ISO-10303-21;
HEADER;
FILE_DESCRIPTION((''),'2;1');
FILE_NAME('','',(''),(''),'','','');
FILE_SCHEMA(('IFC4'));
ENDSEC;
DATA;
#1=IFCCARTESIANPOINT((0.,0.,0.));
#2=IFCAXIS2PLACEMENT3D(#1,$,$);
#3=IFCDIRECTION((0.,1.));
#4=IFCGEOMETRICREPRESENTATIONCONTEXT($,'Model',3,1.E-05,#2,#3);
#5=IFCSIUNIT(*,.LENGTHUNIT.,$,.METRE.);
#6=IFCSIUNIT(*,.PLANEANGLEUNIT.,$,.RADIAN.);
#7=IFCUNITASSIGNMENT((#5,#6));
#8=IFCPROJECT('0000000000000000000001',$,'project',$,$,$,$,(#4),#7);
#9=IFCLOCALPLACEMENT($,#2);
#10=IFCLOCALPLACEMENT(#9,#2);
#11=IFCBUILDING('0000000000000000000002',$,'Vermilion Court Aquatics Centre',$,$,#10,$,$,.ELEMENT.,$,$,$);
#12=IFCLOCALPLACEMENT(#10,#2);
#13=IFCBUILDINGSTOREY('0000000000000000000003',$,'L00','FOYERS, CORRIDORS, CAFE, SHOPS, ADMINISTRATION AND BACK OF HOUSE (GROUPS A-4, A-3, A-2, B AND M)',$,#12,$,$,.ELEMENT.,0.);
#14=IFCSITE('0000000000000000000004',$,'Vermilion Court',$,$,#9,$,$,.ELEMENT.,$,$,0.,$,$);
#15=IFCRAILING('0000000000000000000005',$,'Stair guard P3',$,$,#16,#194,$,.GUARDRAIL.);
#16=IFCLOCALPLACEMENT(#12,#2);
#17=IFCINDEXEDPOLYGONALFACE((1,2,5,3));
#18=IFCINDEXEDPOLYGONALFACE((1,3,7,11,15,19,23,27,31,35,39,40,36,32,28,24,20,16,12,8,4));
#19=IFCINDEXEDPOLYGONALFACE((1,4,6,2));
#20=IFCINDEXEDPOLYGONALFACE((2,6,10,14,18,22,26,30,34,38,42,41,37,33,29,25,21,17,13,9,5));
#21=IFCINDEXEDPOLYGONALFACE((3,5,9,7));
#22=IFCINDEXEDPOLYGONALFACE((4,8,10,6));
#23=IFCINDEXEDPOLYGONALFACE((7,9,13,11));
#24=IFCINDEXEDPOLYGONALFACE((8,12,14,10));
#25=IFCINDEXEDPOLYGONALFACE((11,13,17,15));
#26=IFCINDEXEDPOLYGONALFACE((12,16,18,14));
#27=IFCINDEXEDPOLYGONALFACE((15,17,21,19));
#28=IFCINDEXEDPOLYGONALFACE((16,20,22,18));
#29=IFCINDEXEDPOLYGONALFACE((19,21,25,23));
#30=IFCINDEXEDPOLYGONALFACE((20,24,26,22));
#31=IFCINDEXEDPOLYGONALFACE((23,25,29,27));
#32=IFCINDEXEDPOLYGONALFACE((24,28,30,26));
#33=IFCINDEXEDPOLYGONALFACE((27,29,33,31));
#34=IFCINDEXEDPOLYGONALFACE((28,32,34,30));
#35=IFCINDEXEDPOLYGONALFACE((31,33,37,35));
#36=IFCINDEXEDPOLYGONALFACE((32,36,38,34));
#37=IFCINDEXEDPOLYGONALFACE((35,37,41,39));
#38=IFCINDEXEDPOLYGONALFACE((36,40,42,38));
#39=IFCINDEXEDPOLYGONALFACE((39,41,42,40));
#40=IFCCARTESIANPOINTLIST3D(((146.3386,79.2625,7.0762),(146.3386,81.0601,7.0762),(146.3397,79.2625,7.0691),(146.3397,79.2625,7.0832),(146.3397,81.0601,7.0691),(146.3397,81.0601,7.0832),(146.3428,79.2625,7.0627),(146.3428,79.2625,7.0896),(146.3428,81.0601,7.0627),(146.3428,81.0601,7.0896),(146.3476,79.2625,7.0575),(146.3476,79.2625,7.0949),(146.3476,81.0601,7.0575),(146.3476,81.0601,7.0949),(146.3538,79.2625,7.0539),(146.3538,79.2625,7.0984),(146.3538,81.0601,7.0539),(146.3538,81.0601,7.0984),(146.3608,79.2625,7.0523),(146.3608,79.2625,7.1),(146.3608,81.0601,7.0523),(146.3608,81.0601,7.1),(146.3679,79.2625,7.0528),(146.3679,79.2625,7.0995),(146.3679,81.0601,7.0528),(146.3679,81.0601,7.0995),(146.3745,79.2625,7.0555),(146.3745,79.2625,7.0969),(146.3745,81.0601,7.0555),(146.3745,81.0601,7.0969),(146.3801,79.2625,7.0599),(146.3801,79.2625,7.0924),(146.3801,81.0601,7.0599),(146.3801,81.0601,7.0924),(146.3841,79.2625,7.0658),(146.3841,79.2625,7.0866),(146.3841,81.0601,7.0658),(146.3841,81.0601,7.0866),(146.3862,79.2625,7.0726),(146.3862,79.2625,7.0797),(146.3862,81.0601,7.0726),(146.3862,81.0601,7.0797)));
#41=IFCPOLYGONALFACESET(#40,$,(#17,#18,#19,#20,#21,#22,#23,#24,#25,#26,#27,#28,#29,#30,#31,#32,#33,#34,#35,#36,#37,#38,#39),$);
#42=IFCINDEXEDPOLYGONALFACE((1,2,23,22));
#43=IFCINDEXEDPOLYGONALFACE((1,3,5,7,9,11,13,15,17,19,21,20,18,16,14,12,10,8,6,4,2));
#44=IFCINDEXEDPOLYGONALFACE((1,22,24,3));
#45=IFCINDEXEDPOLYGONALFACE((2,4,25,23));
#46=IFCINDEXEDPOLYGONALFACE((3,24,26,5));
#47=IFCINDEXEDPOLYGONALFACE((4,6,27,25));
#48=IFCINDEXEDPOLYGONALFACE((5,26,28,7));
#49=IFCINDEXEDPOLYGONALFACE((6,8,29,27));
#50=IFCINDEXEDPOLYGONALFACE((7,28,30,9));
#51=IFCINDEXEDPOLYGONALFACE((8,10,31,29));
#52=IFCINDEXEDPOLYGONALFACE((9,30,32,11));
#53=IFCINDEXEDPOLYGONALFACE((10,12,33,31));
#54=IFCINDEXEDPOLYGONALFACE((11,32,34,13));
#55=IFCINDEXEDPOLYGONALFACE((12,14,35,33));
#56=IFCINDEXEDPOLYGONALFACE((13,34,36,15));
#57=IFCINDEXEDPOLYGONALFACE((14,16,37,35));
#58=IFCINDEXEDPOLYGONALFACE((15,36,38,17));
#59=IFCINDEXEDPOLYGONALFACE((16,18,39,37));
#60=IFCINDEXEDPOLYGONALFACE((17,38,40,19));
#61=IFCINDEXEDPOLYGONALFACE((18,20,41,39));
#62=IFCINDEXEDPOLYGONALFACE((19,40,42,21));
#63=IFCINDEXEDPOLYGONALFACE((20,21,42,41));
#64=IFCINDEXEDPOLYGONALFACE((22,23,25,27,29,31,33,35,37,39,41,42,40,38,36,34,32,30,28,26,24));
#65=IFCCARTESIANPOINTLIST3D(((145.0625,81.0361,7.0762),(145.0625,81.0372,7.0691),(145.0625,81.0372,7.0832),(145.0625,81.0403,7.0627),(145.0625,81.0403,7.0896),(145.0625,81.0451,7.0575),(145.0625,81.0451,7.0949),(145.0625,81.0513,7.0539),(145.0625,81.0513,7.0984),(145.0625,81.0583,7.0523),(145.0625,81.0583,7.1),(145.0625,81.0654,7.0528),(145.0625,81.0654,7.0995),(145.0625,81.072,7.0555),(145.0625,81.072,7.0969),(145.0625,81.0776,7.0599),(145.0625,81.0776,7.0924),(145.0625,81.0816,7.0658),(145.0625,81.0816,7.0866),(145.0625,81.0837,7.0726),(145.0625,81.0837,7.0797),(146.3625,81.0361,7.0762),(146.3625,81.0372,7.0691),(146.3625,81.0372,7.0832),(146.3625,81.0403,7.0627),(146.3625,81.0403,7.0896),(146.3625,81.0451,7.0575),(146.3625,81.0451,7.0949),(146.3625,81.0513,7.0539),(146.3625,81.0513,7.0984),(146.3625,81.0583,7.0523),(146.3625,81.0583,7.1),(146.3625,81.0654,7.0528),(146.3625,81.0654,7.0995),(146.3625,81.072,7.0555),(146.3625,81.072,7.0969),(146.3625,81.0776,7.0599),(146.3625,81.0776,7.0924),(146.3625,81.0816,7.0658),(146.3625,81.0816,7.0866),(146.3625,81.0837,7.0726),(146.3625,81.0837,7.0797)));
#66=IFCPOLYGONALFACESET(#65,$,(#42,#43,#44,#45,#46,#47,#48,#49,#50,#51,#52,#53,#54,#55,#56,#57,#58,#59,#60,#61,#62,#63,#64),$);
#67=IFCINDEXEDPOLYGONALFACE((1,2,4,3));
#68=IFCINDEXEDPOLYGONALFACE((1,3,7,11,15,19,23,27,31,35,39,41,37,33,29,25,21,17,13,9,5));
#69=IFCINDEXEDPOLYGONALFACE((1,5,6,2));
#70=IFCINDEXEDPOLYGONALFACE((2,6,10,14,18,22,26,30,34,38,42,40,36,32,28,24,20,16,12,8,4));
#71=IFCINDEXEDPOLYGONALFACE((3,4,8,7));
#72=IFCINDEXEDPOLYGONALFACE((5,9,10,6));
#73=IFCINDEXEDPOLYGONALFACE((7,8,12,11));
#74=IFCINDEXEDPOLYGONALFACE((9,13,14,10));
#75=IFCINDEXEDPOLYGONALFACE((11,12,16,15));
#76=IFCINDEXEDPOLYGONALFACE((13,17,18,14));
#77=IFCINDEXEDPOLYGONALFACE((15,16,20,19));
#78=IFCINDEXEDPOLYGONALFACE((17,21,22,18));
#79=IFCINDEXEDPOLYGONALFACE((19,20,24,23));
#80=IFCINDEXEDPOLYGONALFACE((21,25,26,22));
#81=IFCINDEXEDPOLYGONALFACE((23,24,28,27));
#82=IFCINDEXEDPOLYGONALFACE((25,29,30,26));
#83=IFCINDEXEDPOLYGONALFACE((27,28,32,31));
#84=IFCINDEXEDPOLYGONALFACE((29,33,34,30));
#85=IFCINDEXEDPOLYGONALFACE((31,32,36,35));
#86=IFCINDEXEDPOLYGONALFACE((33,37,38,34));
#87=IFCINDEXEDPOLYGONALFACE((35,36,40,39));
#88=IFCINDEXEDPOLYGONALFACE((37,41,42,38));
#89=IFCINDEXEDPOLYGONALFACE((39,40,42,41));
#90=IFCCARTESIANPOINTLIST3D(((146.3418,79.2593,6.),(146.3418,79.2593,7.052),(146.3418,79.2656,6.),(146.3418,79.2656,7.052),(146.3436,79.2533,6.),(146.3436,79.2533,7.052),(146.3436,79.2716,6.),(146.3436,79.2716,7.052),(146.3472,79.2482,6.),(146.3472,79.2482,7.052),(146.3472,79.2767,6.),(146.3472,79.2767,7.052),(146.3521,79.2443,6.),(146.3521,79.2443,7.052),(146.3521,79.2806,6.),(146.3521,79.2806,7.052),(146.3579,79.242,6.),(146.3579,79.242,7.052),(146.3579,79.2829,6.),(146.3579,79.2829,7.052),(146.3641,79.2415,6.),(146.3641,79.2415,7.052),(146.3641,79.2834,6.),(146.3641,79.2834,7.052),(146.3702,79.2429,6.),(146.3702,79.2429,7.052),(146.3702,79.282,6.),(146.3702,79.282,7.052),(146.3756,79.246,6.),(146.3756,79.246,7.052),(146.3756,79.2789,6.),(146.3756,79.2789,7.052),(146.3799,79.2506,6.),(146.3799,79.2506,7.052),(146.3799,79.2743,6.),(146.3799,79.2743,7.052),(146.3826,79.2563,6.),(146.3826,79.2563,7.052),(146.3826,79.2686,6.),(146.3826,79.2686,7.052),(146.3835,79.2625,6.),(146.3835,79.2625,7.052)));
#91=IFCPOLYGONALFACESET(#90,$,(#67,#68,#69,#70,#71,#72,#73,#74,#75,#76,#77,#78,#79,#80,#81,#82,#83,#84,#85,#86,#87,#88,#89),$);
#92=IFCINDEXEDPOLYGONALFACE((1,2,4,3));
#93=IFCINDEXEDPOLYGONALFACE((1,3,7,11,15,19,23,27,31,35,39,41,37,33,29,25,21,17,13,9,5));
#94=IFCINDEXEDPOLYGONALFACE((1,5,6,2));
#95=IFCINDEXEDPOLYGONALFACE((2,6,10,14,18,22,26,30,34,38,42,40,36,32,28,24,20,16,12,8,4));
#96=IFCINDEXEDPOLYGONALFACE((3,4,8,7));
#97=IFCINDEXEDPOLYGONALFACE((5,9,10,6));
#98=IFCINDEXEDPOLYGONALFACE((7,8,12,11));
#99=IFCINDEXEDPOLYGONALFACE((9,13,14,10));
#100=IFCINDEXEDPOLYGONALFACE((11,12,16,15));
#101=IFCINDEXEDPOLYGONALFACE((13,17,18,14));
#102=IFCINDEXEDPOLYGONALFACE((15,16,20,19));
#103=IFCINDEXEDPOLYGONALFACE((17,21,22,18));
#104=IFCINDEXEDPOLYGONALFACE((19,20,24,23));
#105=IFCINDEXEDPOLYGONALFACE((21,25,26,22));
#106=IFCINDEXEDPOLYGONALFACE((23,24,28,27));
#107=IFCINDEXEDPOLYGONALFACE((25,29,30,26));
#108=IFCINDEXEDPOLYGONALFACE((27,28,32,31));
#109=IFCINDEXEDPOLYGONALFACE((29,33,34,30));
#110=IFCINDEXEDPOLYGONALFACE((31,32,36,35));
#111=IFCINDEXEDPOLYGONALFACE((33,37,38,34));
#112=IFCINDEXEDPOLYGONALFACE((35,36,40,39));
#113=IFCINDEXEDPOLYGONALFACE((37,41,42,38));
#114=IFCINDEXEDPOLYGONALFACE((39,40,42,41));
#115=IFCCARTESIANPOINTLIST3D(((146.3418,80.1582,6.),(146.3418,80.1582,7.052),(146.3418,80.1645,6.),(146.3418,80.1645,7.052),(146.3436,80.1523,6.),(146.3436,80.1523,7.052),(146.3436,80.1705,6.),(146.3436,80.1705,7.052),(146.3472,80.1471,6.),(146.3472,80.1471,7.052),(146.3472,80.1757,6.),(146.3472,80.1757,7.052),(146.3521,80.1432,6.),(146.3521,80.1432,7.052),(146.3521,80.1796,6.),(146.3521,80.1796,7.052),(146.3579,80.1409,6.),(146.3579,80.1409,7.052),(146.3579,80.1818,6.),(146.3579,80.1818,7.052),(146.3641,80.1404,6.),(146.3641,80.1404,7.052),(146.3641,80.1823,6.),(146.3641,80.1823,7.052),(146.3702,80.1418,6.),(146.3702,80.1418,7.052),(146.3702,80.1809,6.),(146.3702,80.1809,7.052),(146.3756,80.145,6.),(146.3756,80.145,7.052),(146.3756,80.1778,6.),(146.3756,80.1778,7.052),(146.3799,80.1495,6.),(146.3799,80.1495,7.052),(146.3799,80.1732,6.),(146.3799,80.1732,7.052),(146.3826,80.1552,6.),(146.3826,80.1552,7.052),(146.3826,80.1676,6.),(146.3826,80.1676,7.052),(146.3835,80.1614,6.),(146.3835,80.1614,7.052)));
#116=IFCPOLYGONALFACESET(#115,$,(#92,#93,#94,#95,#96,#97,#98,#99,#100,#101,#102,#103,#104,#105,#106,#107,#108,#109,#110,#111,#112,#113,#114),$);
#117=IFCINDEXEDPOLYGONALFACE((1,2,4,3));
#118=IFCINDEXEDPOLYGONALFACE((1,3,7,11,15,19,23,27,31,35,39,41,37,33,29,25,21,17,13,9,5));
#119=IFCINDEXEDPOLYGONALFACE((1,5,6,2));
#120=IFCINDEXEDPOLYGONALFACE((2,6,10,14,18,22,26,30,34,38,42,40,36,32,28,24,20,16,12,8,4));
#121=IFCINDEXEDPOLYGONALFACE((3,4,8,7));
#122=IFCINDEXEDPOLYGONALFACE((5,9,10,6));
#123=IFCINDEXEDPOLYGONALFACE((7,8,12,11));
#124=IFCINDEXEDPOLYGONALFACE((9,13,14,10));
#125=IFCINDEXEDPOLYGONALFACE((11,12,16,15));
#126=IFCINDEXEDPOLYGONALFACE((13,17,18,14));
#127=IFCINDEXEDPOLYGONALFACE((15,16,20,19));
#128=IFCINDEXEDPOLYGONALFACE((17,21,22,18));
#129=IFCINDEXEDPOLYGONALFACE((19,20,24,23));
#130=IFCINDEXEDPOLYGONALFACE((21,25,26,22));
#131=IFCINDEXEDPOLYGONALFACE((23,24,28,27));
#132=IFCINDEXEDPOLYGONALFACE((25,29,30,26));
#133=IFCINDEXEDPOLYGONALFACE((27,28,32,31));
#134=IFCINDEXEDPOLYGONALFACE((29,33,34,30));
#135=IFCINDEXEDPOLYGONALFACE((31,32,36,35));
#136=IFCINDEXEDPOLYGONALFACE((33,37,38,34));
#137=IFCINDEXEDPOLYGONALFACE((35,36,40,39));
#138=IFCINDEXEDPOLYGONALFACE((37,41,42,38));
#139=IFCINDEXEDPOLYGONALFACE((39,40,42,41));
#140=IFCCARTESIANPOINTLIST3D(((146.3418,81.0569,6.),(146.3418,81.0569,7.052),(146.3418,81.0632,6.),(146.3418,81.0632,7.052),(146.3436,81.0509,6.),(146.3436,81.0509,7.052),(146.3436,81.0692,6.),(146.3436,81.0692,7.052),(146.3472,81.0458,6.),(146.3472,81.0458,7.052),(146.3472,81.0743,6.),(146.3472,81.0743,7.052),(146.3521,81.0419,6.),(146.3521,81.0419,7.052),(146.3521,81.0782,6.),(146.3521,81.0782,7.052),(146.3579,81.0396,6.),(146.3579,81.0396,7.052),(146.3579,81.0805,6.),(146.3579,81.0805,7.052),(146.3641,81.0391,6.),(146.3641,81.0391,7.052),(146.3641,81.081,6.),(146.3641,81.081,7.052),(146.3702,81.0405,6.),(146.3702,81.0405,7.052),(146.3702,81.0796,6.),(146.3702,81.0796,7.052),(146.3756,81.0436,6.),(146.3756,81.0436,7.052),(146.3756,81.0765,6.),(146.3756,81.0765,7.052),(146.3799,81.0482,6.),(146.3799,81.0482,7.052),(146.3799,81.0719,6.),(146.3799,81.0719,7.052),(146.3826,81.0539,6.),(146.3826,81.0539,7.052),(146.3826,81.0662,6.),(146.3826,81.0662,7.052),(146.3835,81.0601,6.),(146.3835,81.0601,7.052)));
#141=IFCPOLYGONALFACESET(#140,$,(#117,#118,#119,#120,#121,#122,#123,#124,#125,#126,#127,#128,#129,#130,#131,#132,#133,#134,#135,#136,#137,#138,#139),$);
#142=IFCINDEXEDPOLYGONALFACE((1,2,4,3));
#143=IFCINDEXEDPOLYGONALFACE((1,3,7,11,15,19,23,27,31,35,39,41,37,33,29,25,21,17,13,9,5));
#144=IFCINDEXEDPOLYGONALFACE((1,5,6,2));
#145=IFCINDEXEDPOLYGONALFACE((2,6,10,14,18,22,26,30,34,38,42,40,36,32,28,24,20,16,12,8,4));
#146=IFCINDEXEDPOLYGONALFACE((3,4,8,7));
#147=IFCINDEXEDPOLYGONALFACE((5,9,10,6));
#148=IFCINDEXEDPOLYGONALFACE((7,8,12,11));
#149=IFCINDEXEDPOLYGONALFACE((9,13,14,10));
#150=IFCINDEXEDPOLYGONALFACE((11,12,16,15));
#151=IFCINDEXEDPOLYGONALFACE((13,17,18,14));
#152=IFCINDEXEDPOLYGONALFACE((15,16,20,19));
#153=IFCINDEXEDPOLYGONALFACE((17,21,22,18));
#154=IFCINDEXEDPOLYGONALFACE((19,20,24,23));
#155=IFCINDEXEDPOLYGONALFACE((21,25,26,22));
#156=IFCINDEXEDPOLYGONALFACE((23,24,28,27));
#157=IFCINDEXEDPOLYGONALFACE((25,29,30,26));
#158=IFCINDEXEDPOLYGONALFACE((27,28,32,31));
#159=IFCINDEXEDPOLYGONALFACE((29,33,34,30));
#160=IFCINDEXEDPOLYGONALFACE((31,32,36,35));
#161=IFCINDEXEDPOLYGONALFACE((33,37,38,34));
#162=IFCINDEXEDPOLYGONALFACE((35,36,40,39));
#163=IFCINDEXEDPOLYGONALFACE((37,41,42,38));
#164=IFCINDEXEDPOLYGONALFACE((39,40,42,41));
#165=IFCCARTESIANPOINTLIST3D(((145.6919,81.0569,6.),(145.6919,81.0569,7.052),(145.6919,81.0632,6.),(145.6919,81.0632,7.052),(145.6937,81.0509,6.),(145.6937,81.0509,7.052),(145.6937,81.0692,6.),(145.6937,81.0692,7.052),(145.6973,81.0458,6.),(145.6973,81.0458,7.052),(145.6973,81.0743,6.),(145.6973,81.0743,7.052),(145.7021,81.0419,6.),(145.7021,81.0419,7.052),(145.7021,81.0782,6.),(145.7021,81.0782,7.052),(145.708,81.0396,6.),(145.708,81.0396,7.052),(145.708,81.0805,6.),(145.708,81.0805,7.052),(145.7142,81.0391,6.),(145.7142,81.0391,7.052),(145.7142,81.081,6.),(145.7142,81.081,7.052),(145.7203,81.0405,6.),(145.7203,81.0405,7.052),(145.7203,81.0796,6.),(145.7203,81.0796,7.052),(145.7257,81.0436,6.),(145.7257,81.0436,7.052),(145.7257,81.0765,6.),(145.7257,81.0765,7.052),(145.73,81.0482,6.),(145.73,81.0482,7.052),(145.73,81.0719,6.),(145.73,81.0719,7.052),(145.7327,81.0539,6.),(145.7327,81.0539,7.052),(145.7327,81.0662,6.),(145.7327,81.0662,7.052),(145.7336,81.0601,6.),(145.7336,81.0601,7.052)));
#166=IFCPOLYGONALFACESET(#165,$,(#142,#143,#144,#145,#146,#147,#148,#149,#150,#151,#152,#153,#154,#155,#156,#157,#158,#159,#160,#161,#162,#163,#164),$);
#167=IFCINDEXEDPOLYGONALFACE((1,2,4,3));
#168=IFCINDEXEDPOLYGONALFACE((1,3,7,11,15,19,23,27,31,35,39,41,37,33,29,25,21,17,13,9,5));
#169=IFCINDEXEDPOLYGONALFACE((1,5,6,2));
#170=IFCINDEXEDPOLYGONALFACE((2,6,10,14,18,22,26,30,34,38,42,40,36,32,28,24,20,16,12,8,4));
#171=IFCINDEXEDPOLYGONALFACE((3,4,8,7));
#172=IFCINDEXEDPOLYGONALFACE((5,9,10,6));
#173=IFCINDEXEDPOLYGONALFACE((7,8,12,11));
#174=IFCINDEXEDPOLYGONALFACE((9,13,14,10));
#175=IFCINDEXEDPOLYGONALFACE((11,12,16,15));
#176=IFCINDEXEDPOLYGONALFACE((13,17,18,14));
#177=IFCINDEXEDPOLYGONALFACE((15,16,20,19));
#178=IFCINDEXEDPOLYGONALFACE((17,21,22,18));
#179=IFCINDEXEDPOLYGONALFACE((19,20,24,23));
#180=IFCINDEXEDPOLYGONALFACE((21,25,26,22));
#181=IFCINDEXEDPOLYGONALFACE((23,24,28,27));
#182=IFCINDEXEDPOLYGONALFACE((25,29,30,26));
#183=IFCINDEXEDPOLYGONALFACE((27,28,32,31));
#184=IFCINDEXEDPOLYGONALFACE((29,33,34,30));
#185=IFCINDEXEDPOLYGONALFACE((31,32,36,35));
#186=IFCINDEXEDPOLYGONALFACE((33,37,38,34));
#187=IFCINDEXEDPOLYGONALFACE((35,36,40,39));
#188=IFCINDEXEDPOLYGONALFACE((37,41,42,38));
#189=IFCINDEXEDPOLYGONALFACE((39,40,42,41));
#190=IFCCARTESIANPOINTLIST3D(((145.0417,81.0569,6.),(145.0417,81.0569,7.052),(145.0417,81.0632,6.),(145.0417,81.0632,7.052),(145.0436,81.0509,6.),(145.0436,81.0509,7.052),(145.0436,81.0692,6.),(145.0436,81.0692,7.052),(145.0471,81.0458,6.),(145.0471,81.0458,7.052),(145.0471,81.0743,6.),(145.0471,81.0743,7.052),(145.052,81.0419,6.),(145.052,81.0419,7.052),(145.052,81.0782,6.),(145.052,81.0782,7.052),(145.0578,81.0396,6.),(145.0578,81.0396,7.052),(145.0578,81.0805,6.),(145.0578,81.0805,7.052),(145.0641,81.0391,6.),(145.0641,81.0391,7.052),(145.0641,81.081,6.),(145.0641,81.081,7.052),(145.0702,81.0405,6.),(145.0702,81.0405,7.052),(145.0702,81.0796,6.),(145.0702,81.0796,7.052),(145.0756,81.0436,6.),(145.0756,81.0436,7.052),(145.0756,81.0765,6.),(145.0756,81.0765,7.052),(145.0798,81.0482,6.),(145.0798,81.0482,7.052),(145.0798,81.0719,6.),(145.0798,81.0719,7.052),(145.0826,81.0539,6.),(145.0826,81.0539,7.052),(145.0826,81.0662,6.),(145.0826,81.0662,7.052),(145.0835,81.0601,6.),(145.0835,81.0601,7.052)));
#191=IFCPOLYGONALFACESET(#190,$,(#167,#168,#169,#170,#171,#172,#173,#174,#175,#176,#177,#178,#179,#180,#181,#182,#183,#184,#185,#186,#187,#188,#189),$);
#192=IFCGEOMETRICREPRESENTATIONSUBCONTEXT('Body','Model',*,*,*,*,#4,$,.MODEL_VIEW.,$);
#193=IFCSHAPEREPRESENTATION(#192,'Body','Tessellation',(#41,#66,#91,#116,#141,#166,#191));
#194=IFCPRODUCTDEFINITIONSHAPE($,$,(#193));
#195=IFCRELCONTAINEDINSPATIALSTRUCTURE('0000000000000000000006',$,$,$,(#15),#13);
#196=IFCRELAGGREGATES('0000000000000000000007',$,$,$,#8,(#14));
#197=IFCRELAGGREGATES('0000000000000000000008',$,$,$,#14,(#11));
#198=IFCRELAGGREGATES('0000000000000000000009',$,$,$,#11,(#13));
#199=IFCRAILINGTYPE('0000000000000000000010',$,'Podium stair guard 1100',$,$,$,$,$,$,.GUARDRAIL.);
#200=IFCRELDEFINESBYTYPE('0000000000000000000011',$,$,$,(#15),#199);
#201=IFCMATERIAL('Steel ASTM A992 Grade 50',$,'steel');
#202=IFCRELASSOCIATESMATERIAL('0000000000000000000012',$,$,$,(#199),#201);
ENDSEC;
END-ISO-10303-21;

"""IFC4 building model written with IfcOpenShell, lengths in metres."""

from ifc_helpers import new_model, si_unit, direction, frame, origin, origin_2d, place, context, subcontext, project, spatial, circle, extrude, material, type_object, element, save


model = new_model("IFC4")

# Units and contexts
model_context = context("Model", 3, precision=1e-05, world=origin(), true_north=direction((0.0, 1.0)))
body_context = subcontext(model_context, "Body", "Model", "MODEL_VIEW")
ifc_project = project(units=[si_unit("LENGTHUNIT", "METRE"), si_unit("PLANEANGLEUNIT", "RADIAN")], contexts=[model_context])

# Site, building, storey
site_placement = place(None, origin())
site = spatial("IfcSite", under=ifc_project, at=site_placement, Name="Vermilion Court", CompositionType="ELEMENT", RefElevation=0.0)
building_placement = place(site_placement, origin())
building = spatial("IfcBuilding", under=site, at=building_placement, Name="Vermilion Court Aquatics Centre", CompositionType="ELEMENT")
storey_placement = place(building_placement, origin())
storey = spatial("IfcBuildingStorey", under=building, at=storey_placement, Name="L00", Description="FOYERS, CORRIDORS, CAFE, SHOPS, ADMINISTRATION AND BACK OF HOUSE (GROUPS A-4, A-3, A-2, B AND M)", CompositionType="ELEMENT", Elevation=0.0)

# Railing
ifc_material_1 = material(Name="Steel ASTM A992 Grade 50", Category="steel")
railing_type_1 = type_object("IfcRailingType", Name="Podium stair guard 1100", PredefinedType="GUARDRAIL", material=ifc_material_1)
railing_1_placement = place(storey_placement, frame((146.3625, 79.2625, 6.0)))
element("IfcRailing", 1, at=railing_1_placement, inside=storey, type_object=railing_type_1, Name="Stair guard P3", PredefinedType="GUARDRAIL", context=body_context, shape_type="SweptSolid", body=[
    extrude(circle(Radius=0.0239, at=origin_2d()), frame((0.0, 0.0, 1.0762), z_axis=(0.0, 1.0, 0.0), x_axis=(-1.0, 0.0, 0.0)), (0.0, 0.0, 1.0), 1.7976),
    extrude(circle(Radius=0.0239, at=origin_2d()), frame((0.0, 1.7976, 1.0762), z_axis=(-1.0, 0.0, 0.0), x_axis=(0.0, -1.0, 0.0)), (0.0, 0.0, 1.0), 1.3),
    extrude(circle(Radius=0.021, at=origin_2d()), origin(), (0.0, 0.0, 1.0), 1.052),
    extrude(circle(Radius=0.021, at=origin_2d()), frame((0.0, 0.8989, 0.0)), (0.0, 0.0, 1.0), 1.052),
    extrude(circle(Radius=0.021, at=origin_2d()), frame((0.0, 1.7976, 0.0)), (0.0, 0.0, 1.0), 1.052),
    extrude(circle(Radius=0.021, at=origin_2d()), frame((-0.6499, 1.7976, 0.0)), (0.0, 0.0, 1.0), 1.052),
    extrude(circle(Radius=0.021, at=origin_2d()), frame((-1.3, 1.7976, 0.0)), (0.0, 0.0, 1.0), 1.052),
])

save(model, "model.ifc")
